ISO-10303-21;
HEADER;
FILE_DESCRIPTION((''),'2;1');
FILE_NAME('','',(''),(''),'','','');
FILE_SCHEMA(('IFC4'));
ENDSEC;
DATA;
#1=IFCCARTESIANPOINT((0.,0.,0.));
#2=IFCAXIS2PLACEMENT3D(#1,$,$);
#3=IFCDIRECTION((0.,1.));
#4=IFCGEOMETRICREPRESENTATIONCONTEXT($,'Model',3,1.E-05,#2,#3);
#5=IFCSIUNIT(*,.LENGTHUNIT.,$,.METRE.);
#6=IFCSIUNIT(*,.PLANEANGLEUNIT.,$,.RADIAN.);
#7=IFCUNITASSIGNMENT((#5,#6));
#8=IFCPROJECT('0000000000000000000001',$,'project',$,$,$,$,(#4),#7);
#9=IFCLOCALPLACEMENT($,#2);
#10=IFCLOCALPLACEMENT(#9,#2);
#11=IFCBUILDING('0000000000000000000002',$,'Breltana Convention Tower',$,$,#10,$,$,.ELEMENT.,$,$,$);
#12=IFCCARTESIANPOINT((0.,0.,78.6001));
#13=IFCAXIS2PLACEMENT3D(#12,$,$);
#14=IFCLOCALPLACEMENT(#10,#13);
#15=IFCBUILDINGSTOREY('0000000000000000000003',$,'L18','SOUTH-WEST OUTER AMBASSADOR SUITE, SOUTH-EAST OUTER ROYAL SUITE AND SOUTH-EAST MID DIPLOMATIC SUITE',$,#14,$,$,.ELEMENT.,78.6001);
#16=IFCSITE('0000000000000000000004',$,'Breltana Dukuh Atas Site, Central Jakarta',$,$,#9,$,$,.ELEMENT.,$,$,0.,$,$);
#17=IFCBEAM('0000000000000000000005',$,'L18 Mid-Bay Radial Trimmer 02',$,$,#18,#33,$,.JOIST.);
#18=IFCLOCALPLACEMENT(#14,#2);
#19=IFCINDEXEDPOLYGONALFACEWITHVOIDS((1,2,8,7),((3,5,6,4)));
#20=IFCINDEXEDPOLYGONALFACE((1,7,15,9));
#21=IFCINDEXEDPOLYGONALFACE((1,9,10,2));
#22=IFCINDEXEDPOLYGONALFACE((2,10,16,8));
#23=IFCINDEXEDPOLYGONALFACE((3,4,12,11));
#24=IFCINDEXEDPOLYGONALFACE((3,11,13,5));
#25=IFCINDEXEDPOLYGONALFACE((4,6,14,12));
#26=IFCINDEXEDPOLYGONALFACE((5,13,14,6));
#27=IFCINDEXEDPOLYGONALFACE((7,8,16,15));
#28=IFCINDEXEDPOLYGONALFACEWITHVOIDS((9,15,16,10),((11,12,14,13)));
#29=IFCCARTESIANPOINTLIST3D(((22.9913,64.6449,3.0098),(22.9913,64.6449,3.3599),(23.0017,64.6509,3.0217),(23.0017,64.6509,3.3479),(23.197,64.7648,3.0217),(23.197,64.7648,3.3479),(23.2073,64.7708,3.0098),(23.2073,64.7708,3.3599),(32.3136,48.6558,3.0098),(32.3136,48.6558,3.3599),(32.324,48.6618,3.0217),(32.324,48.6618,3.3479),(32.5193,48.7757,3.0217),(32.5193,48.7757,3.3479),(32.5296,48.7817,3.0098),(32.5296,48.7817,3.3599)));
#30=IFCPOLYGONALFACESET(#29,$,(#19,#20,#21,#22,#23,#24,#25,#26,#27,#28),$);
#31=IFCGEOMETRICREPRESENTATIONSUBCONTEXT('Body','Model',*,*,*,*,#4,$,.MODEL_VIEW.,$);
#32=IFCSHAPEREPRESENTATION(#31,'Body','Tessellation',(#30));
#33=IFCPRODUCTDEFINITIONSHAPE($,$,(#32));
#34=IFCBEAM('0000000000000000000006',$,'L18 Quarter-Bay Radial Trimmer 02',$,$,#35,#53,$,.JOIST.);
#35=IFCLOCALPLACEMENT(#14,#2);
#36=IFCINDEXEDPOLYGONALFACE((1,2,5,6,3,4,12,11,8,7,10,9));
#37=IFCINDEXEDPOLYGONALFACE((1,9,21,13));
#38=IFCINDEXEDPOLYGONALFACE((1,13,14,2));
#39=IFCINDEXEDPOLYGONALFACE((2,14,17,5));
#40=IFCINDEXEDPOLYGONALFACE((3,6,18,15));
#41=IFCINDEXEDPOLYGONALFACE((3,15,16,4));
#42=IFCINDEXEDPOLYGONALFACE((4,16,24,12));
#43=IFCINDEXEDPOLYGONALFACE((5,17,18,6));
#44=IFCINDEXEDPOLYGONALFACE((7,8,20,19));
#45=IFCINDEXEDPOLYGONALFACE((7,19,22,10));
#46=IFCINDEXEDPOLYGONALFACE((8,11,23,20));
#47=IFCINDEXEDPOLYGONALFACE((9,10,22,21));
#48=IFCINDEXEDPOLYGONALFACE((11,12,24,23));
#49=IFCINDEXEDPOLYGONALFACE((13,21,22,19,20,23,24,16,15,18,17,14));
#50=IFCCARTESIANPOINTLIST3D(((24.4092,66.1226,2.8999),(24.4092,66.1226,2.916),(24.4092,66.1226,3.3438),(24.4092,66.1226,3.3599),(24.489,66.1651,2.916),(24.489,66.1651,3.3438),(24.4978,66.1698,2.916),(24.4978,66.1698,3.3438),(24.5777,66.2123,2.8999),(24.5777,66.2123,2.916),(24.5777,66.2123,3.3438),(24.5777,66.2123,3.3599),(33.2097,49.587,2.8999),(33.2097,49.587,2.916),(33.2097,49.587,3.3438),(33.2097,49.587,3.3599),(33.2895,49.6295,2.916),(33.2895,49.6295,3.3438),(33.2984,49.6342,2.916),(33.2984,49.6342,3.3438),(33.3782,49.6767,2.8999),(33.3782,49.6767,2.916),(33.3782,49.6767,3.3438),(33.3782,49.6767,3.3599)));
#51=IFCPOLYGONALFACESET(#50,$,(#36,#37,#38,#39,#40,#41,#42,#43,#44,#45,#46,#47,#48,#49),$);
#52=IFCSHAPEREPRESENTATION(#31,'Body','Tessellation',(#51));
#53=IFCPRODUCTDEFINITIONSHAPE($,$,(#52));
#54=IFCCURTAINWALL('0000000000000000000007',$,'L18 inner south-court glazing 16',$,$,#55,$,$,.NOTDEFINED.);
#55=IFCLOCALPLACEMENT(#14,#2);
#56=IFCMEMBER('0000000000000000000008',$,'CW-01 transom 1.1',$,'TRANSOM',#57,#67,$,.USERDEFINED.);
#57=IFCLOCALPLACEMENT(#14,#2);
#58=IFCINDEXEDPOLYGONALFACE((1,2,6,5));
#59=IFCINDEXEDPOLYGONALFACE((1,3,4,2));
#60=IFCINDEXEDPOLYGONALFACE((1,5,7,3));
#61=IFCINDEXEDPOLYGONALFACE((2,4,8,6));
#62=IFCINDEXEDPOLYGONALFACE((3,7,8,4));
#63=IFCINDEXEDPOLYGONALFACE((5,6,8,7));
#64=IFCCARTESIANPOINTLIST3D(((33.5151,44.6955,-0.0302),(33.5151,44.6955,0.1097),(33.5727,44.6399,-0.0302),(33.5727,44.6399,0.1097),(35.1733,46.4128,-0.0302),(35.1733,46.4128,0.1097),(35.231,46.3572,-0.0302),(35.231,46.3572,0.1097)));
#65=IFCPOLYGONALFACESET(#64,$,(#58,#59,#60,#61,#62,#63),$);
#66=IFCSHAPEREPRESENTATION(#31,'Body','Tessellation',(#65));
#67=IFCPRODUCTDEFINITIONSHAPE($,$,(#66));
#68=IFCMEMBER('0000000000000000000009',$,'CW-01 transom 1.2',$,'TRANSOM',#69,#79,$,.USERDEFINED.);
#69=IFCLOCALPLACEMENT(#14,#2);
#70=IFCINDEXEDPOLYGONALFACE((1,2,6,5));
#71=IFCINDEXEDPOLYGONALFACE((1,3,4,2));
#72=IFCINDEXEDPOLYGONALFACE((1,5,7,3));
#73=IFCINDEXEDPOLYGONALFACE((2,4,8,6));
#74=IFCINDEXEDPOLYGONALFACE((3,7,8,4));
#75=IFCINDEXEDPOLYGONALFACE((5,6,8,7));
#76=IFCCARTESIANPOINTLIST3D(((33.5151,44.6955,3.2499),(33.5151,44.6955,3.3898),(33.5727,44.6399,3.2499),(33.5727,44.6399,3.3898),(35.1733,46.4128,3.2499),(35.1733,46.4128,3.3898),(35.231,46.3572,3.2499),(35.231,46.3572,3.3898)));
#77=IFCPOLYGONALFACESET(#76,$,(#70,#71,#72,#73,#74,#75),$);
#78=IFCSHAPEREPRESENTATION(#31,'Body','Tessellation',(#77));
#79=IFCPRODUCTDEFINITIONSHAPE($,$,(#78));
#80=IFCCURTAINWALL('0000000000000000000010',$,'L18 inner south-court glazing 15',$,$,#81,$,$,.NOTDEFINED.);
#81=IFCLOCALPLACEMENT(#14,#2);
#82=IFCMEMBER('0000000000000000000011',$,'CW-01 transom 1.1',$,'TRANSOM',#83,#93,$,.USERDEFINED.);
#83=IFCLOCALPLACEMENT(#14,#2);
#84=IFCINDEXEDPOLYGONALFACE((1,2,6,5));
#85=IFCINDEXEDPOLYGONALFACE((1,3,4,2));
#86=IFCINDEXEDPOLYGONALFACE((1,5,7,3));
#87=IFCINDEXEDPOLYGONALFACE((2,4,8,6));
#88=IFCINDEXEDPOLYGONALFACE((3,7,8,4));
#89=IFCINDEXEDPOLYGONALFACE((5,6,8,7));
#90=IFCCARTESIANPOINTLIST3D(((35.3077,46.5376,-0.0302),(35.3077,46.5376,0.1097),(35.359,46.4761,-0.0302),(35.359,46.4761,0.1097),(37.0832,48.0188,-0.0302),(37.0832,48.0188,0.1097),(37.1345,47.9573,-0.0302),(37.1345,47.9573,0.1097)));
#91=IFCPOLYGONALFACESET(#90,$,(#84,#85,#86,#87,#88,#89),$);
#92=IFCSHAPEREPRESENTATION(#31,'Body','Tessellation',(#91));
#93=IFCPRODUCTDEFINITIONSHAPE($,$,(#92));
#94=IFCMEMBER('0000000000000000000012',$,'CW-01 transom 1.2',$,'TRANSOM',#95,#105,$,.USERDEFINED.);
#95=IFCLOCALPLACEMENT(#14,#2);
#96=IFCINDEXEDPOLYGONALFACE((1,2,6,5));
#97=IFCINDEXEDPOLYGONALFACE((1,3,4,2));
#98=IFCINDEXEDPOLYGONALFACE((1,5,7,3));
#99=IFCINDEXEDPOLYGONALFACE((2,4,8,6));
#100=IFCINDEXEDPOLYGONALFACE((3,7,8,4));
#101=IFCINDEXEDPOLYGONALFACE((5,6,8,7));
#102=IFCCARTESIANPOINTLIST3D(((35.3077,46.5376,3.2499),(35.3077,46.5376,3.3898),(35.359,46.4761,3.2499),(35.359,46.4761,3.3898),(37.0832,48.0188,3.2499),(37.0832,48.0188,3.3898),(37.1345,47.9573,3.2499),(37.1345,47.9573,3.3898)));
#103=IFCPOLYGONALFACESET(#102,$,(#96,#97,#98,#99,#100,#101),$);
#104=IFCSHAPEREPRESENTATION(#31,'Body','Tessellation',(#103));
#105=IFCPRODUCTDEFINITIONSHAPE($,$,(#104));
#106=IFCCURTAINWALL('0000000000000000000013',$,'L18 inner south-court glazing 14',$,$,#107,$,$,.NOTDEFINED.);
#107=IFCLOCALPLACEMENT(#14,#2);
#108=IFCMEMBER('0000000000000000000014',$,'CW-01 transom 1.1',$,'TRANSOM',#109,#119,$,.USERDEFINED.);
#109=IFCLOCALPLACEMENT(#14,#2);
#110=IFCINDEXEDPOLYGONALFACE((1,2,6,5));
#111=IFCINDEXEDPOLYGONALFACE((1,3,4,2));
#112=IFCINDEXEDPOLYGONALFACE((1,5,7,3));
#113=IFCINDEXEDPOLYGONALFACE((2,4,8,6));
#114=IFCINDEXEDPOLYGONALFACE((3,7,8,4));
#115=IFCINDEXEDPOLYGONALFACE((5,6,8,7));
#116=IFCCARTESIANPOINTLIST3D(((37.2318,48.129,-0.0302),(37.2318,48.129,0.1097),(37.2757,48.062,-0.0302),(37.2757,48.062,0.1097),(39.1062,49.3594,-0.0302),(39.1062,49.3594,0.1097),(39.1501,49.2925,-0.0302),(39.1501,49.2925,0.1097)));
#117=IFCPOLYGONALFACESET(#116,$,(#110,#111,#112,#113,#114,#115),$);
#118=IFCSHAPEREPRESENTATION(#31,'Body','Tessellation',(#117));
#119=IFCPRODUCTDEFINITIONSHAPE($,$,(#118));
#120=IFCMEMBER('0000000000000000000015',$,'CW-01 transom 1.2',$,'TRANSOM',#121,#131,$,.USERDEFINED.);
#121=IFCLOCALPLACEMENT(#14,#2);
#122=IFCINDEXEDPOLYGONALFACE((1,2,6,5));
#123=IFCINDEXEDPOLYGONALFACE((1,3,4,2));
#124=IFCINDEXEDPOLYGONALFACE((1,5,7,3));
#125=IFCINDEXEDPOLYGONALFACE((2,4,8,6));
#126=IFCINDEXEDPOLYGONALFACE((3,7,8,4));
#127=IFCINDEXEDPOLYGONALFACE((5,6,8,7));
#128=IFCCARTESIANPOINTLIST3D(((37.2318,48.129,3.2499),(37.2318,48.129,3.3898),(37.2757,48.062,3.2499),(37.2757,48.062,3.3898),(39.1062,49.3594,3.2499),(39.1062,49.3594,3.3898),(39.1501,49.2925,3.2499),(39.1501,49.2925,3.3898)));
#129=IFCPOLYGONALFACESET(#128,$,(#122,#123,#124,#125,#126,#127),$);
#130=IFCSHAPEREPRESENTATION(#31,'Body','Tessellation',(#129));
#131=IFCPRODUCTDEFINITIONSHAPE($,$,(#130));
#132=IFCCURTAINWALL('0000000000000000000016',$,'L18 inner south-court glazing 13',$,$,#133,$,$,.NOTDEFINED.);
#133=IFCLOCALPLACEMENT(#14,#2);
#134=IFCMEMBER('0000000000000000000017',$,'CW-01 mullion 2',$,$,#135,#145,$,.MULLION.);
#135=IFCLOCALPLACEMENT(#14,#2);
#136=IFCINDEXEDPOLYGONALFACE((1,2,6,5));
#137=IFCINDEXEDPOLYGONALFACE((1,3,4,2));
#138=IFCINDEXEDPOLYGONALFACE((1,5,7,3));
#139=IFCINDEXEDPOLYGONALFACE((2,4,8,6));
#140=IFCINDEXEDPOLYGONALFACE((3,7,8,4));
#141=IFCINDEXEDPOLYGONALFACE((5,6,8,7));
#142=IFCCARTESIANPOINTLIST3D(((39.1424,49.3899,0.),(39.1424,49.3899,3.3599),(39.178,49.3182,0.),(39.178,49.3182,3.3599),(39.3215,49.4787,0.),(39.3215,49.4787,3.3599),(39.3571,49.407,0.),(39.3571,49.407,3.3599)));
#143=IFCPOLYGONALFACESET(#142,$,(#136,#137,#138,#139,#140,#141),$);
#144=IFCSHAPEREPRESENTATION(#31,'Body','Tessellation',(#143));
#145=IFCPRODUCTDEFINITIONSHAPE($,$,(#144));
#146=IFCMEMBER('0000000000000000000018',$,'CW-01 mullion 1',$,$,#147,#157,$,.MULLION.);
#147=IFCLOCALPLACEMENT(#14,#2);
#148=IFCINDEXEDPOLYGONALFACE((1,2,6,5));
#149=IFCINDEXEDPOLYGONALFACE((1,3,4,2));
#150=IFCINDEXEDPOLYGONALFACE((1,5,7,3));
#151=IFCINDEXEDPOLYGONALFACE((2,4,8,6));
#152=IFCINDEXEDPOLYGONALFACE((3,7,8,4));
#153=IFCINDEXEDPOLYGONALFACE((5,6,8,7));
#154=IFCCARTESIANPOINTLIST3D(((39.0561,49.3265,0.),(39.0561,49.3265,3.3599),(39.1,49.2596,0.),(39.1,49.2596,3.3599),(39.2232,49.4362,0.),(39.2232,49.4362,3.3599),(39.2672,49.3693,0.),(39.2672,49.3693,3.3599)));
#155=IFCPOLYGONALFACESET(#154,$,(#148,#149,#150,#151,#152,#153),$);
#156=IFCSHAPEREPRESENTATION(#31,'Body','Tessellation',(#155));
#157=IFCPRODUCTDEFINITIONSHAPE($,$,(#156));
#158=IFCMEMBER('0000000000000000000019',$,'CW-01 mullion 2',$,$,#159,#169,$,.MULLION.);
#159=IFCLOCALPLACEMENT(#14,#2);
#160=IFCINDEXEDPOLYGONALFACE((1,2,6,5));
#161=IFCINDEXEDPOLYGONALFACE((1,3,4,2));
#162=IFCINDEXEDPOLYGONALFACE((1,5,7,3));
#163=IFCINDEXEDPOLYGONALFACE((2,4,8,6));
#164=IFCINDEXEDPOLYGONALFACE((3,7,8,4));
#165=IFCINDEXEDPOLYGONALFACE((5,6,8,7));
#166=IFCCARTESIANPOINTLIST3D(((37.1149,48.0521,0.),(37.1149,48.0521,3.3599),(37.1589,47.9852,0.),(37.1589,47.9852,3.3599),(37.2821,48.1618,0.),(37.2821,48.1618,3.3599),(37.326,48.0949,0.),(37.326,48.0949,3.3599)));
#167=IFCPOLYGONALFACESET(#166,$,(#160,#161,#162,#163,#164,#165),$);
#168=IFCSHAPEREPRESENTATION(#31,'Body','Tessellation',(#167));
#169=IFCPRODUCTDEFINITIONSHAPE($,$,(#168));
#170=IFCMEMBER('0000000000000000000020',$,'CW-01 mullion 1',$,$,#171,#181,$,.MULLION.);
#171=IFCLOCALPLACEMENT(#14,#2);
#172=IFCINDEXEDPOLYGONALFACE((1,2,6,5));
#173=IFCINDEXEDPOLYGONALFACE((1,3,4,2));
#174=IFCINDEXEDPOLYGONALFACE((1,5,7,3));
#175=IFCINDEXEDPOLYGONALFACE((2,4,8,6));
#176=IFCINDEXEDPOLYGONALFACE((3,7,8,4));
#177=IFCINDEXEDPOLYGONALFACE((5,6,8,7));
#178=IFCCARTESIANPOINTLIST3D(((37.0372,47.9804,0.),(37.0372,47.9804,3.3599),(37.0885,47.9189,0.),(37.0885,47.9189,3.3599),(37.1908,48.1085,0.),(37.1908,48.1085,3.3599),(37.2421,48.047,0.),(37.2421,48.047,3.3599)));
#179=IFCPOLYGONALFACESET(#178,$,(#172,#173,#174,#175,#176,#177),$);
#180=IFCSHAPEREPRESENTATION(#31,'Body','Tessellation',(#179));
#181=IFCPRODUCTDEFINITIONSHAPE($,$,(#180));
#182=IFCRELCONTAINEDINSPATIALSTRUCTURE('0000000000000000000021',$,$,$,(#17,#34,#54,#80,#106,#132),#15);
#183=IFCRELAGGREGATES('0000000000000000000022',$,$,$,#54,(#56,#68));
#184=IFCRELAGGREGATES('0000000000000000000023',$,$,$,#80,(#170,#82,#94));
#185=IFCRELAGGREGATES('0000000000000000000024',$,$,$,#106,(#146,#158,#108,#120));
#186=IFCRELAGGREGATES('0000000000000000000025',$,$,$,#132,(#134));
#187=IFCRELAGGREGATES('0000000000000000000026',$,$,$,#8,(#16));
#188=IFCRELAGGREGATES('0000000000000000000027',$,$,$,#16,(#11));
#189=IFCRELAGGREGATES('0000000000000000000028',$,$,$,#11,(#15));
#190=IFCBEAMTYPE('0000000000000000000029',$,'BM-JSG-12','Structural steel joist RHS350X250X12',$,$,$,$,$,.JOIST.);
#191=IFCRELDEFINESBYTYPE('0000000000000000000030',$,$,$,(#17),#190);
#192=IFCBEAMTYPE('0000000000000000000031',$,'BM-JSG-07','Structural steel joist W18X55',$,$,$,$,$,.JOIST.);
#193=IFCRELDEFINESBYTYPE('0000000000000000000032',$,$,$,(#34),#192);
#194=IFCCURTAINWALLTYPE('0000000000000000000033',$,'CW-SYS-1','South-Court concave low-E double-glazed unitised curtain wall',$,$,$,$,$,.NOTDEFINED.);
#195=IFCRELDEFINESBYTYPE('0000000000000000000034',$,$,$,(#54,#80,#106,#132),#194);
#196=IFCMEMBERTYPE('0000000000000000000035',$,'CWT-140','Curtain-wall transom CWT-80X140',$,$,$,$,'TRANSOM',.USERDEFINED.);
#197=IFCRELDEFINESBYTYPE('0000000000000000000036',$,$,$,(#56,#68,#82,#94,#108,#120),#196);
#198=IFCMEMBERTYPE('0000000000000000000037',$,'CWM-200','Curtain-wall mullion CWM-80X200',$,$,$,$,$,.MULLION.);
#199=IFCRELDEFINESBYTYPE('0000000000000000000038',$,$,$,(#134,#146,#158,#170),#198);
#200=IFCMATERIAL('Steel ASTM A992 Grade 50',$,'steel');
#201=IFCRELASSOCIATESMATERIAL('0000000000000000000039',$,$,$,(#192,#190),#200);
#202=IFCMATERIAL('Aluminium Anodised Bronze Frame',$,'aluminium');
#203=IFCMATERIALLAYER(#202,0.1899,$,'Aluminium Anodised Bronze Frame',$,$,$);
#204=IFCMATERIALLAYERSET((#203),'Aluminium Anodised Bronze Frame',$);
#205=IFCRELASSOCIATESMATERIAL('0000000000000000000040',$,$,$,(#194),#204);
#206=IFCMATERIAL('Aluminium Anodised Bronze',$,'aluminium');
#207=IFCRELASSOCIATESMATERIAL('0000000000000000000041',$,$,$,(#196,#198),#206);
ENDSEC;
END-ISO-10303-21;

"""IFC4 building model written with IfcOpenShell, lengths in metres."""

from ifc_helpers import new_model, si_unit, direction, frame, origin, origin_2d, place, context, subcontext, project, spatial, rectangle, hollow_rectangle, i_section, extrude, source, transform, mapped, material, layer, layer_set, material_profile, profile_set, type_object, type_shapes, element, aggregate, save


model = new_model("IFC4")

# Units and contexts
model_context = context("Model", 3, precision=1e-05, world=origin(), true_north=direction((0.0, 1.0)))
body_context = subcontext(model_context, "Body", "Model", "MODEL_VIEW")
ifc_project = project(units=[si_unit("LENGTHUNIT", "METRE"), si_unit("PLANEANGLEUNIT", "RADIAN")], contexts=[model_context])

# Site, building, storey
site_placement = place(None, origin())
site = spatial("IfcSite", under=ifc_project, at=site_placement, Name="Breltana Dukuh Atas Site, Central Jakarta", CompositionType="ELEMENT", RefElevation=0.0)
building_placement = place(site_placement, origin())
building = spatial("IfcBuilding", under=site, at=building_placement, Name="Breltana Convention Tower", CompositionType="ELEMENT")
storey_placement = place(building_placement, frame((0.0, 0.0, 78.6001)))
storey = spatial("IfcBuildingStorey", under=building, at=storey_placement, Name="L18", Description="SOUTH-WEST OUTER AMBASSADOR SUITE, SOUTH-EAST OUTER ROYAL SUITE AND SOUTH-EAST MID DIPLOMATIC SUITE", CompositionType="ELEMENT", Elevation=78.6001)

# Beams
ifc_material_1 = material(Name="Steel ASTM A992 Grade 50", Category="steel")
ifc_material_profile_1 = material_profile(ifc_material_1, i_section(OverallWidth=0.1909, OverallDepth=0.46, WebThickness=0.01, FlangeThickness=0.0161, at=origin_2d()), Name="W18X55")
ifc_profile_set_1 = profile_set([ifc_material_profile_1], Name="Steel ASTM A992 Grade 50")
beam_type_1 = type_object("IfcBeamType", Name="BM-JSG-07", Description="Structural steel joist W18X55", PredefinedType="JOIST", material=ifc_profile_set_1)
ifc_material_profile_2 = material_profile(ifc_material_1, hollow_rectangle(XDim=0.25, YDim=0.3501, WallThickness=0.012, at=origin_2d()), Name="RHS350X250X12")
ifc_profile_set_2 = profile_set([ifc_material_profile_2], Name="Steel ASTM A992 Grade 50")
beam_type_2 = type_object("IfcBeamType", Name="BM-JSG-12", Description="Structural steel joist RHS350X250X12", PredefinedType="JOIST", material=ifc_profile_set_2)
shared_shape_1 = source(origin(), body_context, "Body", "SweptSolid", [
    extrude(hollow_rectangle(XDim=0.25, YDim=0.3501, WallThickness=0.012, at=origin_2d()), origin(), (0.0, 0.0, 1.0), 18.5083),
])
beam_1_placement = place(storey_placement, frame((32.4216, 48.7188, 3.1848), z_axis=(-0.503683, 0.863888, 0.0), x_axis=(-0.863888, -0.503683, 0.0)))
element("IfcBeam", 1, at=beam_1_placement, inside=storey, type_object=beam_type_2, Name="L18 Mid-Bay Radial Trimmer 02", PredefinedType="JOIST", context=body_context, shape_type="MappedRepresentation", body=[
    mapped(shared_shape_1, transform((0.0, 0.0, 0.0), scale=1.0)),
])
shared_shape_2 = source(origin(), body_context, "Body", "SweptSolid", [
    extrude(i_section(OverallWidth=0.1909, OverallDepth=0.46, WebThickness=0.01, FlangeThickness=0.0161, at=origin_2d()), origin(), (0.0, 0.0, 1.0), 18.7317),
])
beam_2_placement = place(storey_placement, frame((33.2939, 49.6318, 3.1299), z_axis=(-0.46982, 0.882762, 0.0), x_axis=(-0.882762, -0.46982, 0.0)))
element("IfcBeam", 2, at=beam_2_placement, inside=storey, type_object=beam_type_1, Name="L18 Quarter-Bay Radial Trimmer 02", PredefinedType="JOIST", context=body_context, shape_type="MappedRepresentation", body=[
    mapped(shared_shape_2, transform((0.0, 0.0, 0.0), scale=1.0)),
])

# Curtain walls, members
ifc_material_2 = material(Name="Aluminium Anodised Bronze Frame", Category="aluminium")
ifc_layer_1 = layer(ifc_material_2, 0.1899, Name="Aluminium Anodised Bronze Frame")
ifc_layer_set_1 = layer_set([ifc_layer_1], Name="Aluminium Anodised Bronze Frame")
curtain_wall_type = type_object("IfcCurtainWallType", Name="CW-SYS-1", Description="South-Court concave low-E double-glazed unitised curtain wall", PredefinedType="NOTDEFINED", material=ifc_layer_set_1)
curtain_wall_1_placement = place(storey_placement, origin())
curtain_wall_1 = element("IfcCurtainWall", 3, at=curtain_wall_1_placement, inside=storey, type_object=curtain_wall_type, Name="L18 inner south-court glazing 16", PredefinedType="NOTDEFINED")
ifc_material_3 = material(Name="Aluminium Anodised Bronze", Category="aluminium")
ifc_material_profile_3 = material_profile(ifc_material_3, rectangle(XDim=0.0801, YDim=0.1399, at=origin_2d()), Name="CWT-80X140")
ifc_profile_set_3 = profile_set([ifc_material_profile_3], Name="Aluminium Anodised Bronze")
member_type_1 = type_object("IfcMemberType", Name="CWT-140", Description="Curtain-wall transom CWT-80X140", ElementType="TRANSOM", PredefinedType="USERDEFINED", material=ifc_profile_set_3)
shared_shape_3 = source(origin(), body_context, "Body", "SweptSolid", [
    extrude(rectangle(XDim=0.0801, YDim=0.1399, at=origin_2d()), origin(), (0.0, 0.0, 1.0), 2.3872),
])
type_shapes(member_type_1, [shared_shape_3])
member_1_placement = place(storey_placement, frame((35.2021, 46.385, 0.0398), z_axis=(-0.694624, -0.719373, 0.0), x_axis=(0.719373, -0.694624, 0.0)))
member_1 = element("IfcMember", 4, at=member_1_placement, type_object=member_type_1, Name="CW-01 transom 1.1", ObjectType="TRANSOM", PredefinedType="USERDEFINED", context=body_context, shape_type="MappedRepresentation", body=[
    mapped(shared_shape_3, transform((0.0, 0.0, 0.0), scale=1.0)),
])
member_2_placement = place(storey_placement, frame((35.2021, 46.385, 3.3198), z_axis=(-0.694624, -0.719373, 0.0), x_axis=(0.719373, -0.694624, 0.0)))
member_2 = element("IfcMember", 5, at=member_2_placement, type_object=member_type_1, Name="CW-01 transom 1.2", ObjectType="TRANSOM", PredefinedType="USERDEFINED", context=body_context, shape_type="MappedRepresentation", body=[
    mapped(shared_shape_3, transform((0.0, 0.0, 0.0), scale=1.0)),
])
curtain_wall_2_placement = place(storey_placement, origin())
curtain_wall_2 = element("IfcCurtainWall", 6, at=curtain_wall_2_placement, inside=storey, type_object=curtain_wall_type, Name="L18 inner south-court glazing 15", PredefinedType="NOTDEFINED")
shared_shape_4 = source(origin(), body_context, "Body", "SweptSolid", [
    extrude(rectangle(XDim=0.0801, YDim=0.1399, at=origin_2d()), origin(), (0.0, 0.0, 1.0), 2.3123),
])
member_3_placement = place(storey_placement, frame((37.1089, 47.988, 0.0398), z_axis=(-0.767901, -0.640569, 0.0), x_axis=(0.640569, -0.767901, 0.0)))
member_3 = element("IfcMember", 7, at=member_3_placement, type_object=member_type_1, Name="CW-01 transom 1.1", ObjectType="TRANSOM", PredefinedType="USERDEFINED", context=body_context, shape_type="MappedRepresentation", body=[
    mapped(shared_shape_4, transform((0.0, 0.0, 0.0), scale=1.0)),
])
member_4_placement = place(storey_placement, frame((37.1089, 47.988, 3.3198), z_axis=(-0.767901, -0.640569, 0.0), x_axis=(0.640569, -0.767901, 0.0)))
member_4 = element("IfcMember", 8, at=member_4_placement, type_object=member_type_1, Name="CW-01 transom 1.2", ObjectType="TRANSOM", PredefinedType="USERDEFINED", context=body_context, shape_type="MappedRepresentation", body=[
    mapped(shared_shape_4, transform((0.0, 0.0, 0.0), scale=1.0)),
])
curtain_wall_3_placement = place(storey_placement, origin())
curtain_wall_3 = element("IfcCurtainWall", 9, at=curtain_wall_3_placement, inside=storey, type_object=curtain_wall_type, Name="L18 inner south-court glazing 14", PredefinedType="NOTDEFINED")
shared_shape_5 = source(origin(), body_context, "Body", "SweptSolid", [
    extrude(rectangle(XDim=0.0801, YDim=0.1399, at=origin_2d()), origin(), (0.0, 0.0, 1.0), 2.2422),
])
member_5_placement = place(storey_placement, frame((39.1282, 49.3259, 0.0398), z_axis=(-0.835982, -0.548756, 0.0), x_axis=(0.548756, -0.835982, 0.0)))
member_5 = element("IfcMember", 10, at=member_5_placement, type_object=member_type_1, Name="CW-01 transom 1.1", ObjectType="TRANSOM", PredefinedType="USERDEFINED", context=body_context, shape_type="MappedRepresentation", body=[
    mapped(shared_shape_5, transform((0.0, 0.0, 0.0), scale=1.0)),
])
member_6_placement = place(storey_placement, frame((39.1282, 49.3259, 3.3198), z_axis=(-0.835982, -0.548756, 0.0), x_axis=(0.548756, -0.835982, 0.0)))
member_6 = element("IfcMember", 11, at=member_6_placement, type_object=member_type_1, Name="CW-01 transom 1.2", ObjectType="TRANSOM", PredefinedType="USERDEFINED", context=body_context, shape_type="MappedRepresentation", body=[
    mapped(shared_shape_5, transform((0.0, 0.0, 0.0), scale=1.0)),
])

# Curtain wall, member
curtain_wall_4_placement = place(storey_placement, origin())
curtain_wall_4 = element("IfcCurtainWall", 12, at=curtain_wall_4_placement, inside=storey, type_object=curtain_wall_type, Name="L18 inner south-court glazing 13", PredefinedType="NOTDEFINED")
ifc_material_profile_4 = material_profile(ifc_material_3, rectangle(XDim=0.0801, YDim=0.2, at=origin_2d()), Name="CWM-80X200")
ifc_profile_set_4 = profile_set([ifc_material_profile_4], Name="Aluminium Anodised Bronze")
member_type_2 = type_object("IfcMemberType", Name="CWM-200", Description="Curtain-wall mullion CWM-80X200", PredefinedType="MULLION", material=ifc_profile_set_4)
shared_shape_6 = source(origin(), body_context, "Body", "SweptSolid", [
    extrude(rectangle(XDim=0.0801, YDim=0.2, at=origin_2d()), origin(), (0.0, 0.0, 1.0), 3.3599),
])
member_7_placement = place(storey_placement, frame((39.2498, 49.3984, 0.0), z_axis=(0.0, 0.0, 1.0), x_axis=(0.444118, -0.895968, 0.0)))
member_7 = element("IfcMember", 13, at=member_7_placement, type_object=member_type_2, Name="CW-01 mullion 2", PredefinedType="MULLION", context=body_context, shape_type="MappedRepresentation", body=[
    mapped(shared_shape_6, transform((0.0, 0.0, 0.0), scale=1.0)),
])

# Members
member_8_placement = place(storey_placement, frame((39.1616, 49.3479, 0.0), z_axis=(0.0, 0.0, 1.0), x_axis=(0.548778, -0.835968, 0.0)))
member_8 = element("IfcMember", 14, at=member_8_placement, type_object=member_type_2, Name="CW-01 mullion 1", PredefinedType="MULLION", context=body_context, shape_type="MappedRepresentation", body=[
    mapped(shared_shape_6, transform((0.0, 0.0, 0.0), scale=1.0)),
])
member_9_placement = place(storey_placement, frame((37.2205, 48.0735, 0.0), z_axis=(0.0, 0.0, 1.0), x_axis=(0.548778, -0.835968, 0.0)))
member_9 = element("IfcMember", 15, at=member_9_placement, type_object=member_type_2, Name="CW-01 mullion 2", PredefinedType="MULLION", context=body_context, shape_type="MappedRepresentation", body=[
    mapped(shared_shape_6, transform((0.0, 0.0, 0.0), scale=1.0)),
])
member_10_placement = place(storey_placement, frame((37.1396, 48.0137, 0.0), z_axis=(0.0, 0.0, 1.0), x_axis=(0.640523, -0.767939, 0.0)))
member_10 = element("IfcMember", 16, at=member_10_placement, type_object=member_type_2, Name="CW-01 mullion 1", PredefinedType="MULLION", context=body_context, shape_type="MappedRepresentation", body=[
    mapped(shared_shape_6, transform((0.0, 0.0, 0.0), scale=1.0)),
])

aggregate(curtain_wall_1, [member_1, member_2])
aggregate(curtain_wall_2, [member_10, member_3, member_4])
aggregate(curtain_wall_3, [member_8, member_9, member_5, member_6])
aggregate(curtain_wall_4, [member_7])

save(model, "model.ifc")
